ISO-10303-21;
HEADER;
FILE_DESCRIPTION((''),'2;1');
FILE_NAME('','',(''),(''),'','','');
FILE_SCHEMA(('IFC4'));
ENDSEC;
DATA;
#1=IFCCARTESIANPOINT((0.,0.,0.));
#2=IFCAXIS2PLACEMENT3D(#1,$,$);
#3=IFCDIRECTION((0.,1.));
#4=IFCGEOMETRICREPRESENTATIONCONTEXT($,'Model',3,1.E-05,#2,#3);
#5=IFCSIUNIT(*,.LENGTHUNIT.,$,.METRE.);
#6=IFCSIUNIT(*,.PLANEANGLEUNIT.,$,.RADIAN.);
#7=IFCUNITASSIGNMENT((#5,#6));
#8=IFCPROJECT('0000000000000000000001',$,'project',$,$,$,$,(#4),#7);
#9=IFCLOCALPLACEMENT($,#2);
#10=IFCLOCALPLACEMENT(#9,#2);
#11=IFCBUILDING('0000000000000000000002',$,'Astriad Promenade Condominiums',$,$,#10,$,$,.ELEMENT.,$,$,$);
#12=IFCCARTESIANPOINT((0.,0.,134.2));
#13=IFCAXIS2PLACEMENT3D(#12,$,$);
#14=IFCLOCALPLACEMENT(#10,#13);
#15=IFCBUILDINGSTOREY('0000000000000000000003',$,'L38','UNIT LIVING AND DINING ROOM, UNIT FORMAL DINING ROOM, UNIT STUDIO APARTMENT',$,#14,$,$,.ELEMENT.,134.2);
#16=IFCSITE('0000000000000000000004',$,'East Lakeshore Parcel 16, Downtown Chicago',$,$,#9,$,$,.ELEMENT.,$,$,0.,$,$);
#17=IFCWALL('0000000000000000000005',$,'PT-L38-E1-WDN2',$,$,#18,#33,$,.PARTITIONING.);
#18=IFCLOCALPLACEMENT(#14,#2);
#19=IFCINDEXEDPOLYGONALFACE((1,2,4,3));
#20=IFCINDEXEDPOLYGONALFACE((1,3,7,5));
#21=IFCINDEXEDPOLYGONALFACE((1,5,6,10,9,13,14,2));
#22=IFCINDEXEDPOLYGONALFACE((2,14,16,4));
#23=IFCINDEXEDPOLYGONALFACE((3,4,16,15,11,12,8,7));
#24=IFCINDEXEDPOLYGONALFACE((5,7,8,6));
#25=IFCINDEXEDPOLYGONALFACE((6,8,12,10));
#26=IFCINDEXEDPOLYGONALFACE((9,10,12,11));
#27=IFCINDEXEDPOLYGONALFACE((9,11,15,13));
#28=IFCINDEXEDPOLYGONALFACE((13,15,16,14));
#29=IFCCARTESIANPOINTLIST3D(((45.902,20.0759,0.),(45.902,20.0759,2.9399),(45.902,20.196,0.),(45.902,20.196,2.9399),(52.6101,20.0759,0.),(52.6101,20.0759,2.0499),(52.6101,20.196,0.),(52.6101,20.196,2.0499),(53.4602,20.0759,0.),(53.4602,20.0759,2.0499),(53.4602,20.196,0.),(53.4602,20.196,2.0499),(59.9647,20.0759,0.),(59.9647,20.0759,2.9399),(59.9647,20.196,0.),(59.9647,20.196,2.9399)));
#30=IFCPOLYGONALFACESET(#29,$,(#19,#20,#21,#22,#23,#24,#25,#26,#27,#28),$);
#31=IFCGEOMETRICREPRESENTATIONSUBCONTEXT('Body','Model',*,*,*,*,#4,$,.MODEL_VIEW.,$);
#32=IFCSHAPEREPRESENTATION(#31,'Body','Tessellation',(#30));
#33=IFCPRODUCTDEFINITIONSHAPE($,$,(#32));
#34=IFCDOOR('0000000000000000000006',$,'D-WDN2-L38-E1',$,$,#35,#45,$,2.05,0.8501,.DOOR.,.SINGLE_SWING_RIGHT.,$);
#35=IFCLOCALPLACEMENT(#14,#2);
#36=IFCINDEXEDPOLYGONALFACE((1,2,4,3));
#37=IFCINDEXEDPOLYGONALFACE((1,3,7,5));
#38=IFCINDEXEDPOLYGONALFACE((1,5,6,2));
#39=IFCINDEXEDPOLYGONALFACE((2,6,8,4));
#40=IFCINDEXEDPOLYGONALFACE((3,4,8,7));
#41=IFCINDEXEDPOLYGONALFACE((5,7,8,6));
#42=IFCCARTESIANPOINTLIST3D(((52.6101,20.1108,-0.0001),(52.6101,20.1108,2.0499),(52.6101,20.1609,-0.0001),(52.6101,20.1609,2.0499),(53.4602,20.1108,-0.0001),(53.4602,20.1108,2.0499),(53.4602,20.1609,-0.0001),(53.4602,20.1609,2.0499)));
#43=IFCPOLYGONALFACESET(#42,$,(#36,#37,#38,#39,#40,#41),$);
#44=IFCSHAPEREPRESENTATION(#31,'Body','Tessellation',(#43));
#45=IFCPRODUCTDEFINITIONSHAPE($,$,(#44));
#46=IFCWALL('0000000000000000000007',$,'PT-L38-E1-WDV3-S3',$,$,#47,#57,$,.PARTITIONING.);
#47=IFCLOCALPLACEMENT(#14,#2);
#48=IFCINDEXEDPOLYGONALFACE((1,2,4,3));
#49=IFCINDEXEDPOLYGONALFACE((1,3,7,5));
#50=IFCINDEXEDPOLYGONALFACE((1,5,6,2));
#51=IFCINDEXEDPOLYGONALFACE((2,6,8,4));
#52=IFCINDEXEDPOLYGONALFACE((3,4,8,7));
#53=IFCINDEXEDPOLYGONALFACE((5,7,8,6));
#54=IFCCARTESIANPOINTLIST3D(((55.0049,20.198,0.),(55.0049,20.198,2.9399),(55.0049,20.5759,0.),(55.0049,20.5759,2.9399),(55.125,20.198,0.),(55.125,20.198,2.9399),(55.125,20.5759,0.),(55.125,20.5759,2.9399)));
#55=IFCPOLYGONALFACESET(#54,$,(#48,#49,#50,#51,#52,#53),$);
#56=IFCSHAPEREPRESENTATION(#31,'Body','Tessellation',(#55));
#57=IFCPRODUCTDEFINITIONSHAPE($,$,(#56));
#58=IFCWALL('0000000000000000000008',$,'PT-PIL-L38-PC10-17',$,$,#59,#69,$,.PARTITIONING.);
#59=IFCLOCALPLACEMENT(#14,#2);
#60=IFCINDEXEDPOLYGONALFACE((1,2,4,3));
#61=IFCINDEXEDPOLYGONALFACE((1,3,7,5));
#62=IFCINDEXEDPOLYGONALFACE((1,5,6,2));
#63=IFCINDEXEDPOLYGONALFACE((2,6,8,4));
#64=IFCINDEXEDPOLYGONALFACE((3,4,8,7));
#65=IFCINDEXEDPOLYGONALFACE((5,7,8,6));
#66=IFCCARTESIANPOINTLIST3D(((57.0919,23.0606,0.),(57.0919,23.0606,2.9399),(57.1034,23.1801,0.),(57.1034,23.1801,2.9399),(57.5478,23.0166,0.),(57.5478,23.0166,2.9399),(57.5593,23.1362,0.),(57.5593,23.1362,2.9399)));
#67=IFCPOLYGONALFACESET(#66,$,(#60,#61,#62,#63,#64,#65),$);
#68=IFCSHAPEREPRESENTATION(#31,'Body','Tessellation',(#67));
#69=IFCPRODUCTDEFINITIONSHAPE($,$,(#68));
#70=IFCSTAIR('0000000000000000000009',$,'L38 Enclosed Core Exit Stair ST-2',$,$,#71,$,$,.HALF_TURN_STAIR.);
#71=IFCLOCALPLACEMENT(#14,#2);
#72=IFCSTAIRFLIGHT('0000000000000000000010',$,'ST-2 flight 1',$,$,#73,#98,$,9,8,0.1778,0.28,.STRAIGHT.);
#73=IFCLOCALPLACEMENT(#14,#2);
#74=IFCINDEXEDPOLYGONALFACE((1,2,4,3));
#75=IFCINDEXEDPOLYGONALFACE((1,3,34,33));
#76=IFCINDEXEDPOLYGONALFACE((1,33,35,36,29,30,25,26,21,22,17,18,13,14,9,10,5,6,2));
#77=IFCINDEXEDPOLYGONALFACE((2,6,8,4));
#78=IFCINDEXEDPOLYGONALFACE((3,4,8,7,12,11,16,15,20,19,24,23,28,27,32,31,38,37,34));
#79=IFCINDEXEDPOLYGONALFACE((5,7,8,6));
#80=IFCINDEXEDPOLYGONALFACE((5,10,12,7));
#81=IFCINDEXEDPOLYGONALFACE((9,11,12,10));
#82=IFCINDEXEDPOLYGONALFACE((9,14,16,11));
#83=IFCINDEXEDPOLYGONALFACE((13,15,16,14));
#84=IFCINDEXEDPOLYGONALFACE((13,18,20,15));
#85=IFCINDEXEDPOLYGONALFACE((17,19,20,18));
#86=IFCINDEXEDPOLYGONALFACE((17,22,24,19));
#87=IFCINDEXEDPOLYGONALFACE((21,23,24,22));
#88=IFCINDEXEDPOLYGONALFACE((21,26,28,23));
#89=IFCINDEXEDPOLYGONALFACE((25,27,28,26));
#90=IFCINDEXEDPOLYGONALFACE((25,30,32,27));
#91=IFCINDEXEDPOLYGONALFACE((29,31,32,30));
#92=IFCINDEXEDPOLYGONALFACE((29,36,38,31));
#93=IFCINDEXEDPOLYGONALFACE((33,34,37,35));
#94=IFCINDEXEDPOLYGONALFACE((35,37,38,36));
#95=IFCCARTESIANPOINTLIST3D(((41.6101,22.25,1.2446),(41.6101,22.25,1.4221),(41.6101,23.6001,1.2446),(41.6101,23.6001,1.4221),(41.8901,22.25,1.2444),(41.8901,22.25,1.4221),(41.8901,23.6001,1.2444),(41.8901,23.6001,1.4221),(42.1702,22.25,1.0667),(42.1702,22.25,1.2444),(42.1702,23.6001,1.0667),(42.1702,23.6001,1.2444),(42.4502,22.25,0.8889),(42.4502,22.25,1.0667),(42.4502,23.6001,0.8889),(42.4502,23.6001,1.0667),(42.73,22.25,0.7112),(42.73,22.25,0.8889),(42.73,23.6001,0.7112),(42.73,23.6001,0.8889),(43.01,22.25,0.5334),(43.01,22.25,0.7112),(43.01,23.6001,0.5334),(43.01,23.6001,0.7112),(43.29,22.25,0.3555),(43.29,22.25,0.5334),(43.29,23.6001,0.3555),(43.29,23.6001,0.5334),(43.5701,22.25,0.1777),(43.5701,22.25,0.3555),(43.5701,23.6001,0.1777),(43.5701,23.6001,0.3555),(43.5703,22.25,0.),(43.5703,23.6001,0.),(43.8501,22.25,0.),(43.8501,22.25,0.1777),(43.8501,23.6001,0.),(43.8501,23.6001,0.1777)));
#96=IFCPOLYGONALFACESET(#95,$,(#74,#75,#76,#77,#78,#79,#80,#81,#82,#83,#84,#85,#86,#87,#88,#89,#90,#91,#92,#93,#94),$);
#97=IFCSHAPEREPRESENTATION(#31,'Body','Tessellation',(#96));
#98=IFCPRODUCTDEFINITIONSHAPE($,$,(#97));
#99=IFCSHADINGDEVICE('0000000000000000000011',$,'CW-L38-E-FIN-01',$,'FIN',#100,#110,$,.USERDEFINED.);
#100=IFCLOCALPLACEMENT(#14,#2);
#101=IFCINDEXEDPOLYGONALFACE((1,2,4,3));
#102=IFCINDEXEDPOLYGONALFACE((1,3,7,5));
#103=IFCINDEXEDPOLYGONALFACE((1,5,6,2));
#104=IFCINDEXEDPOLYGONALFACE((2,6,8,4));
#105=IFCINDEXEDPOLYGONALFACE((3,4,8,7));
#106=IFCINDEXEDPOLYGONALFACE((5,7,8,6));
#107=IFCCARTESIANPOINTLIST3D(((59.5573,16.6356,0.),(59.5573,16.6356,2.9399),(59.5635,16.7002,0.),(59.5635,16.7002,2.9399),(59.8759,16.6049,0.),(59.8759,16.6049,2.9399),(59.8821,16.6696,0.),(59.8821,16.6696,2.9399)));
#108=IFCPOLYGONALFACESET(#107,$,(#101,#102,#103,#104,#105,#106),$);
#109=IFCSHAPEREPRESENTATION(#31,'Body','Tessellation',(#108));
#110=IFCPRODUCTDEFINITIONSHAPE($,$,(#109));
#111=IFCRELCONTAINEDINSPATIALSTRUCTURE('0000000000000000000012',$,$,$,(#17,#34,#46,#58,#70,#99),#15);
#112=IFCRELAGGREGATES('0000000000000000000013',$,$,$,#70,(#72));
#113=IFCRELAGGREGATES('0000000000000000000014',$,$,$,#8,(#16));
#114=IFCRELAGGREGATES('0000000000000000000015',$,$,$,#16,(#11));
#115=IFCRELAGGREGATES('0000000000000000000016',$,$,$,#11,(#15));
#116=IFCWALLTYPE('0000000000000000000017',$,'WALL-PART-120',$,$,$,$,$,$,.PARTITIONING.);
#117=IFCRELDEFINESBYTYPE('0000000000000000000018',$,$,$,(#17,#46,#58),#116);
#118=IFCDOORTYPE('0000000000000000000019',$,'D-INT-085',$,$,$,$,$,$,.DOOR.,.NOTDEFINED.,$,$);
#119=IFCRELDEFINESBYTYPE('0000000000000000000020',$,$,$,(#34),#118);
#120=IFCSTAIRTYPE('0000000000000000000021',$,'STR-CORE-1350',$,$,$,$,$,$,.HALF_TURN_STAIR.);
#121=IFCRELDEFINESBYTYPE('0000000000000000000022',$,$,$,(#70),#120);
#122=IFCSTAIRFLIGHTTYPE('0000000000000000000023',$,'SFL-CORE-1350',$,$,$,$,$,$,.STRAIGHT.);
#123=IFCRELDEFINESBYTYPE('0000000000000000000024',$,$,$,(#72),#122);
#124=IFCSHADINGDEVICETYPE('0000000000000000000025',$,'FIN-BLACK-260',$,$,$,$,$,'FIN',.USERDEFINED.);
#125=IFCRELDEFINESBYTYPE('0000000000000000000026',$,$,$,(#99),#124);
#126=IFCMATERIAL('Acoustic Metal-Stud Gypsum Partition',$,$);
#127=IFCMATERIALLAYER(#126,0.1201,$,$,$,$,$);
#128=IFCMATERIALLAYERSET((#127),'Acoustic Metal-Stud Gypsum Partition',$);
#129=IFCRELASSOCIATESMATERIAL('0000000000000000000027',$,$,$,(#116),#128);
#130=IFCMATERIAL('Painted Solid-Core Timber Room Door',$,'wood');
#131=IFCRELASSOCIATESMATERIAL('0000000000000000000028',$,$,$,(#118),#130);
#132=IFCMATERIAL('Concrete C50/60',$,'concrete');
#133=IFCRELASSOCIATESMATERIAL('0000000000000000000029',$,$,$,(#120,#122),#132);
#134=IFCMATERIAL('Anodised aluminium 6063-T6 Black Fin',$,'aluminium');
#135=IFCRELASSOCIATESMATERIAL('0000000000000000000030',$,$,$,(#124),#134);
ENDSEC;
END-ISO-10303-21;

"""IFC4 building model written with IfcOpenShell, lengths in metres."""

from ifc_helpers import new_model, si_unit, direction, frame, frame_2d, origin, origin_2d, place, context, subcontext, project, spatial, polyline, rectangle, outline, extrude, source, transform, mapped, material, layer, layer_set, type_object, type_shapes, element, fill, aggregate, save


model = new_model("IFC4")

# Units and contexts
model_context = context("Model", 3, precision=1e-05, world=origin(), true_north=direction((0.0, 1.0)))
body_context = subcontext(model_context, "Body", "Model", "MODEL_VIEW")
ifc_project = project(units=[si_unit("LENGTHUNIT", "METRE"), si_unit("PLANEANGLEUNIT", "RADIAN")], contexts=[model_context])

# Site, building, storey
site_placement = place(None, origin())
site = spatial("IfcSite", under=ifc_project, at=site_placement, Name="East Lakeshore Parcel 16, Downtown Chicago", CompositionType="ELEMENT", RefElevation=0.0)
building_placement = place(site_placement, origin())
building = spatial("IfcBuilding", under=site, at=building_placement, Name="Astriad Promenade Condominiums", CompositionType="ELEMENT")
storey_placement = place(building_placement, frame((0.0, 0.0, 134.2)))
storey = spatial("IfcBuildingStorey", under=building, at=storey_placement, Name="L38", Description="UNIT LIVING AND DINING ROOM, UNIT FORMAL DINING ROOM, UNIT STUDIO APARTMENT", CompositionType="ELEMENT", Elevation=134.2)

# Shared definitions
ifc_material_1 = material(Name="Acoustic Metal-Stud Gypsum Partition")
ifc_layer_1 = layer(ifc_material_1, 0.1201)
ifc_layer_set_1 = layer_set([ifc_layer_1], Name="Acoustic Metal-Stud Gypsum Partition")
wall_type_1 = type_object("IfcWallType", Name="WALL-PART-120", PredefinedType="PARTITIONING", material=ifc_layer_set_1)

# Wall, opening, door
ifc_material_2 = material(Name="Painted Solid-Core Timber Room Door", Category="wood")
door_type = type_object("IfcDoorType", Name="D-INT-085", OperationType="NOTDEFINED", PredefinedType="DOOR", material=ifc_material_2)
shared_shape_1 = source(origin(), body_context, "Body", "SweptSolid", [
    extrude(rectangle(XDim=0.8501, YDim=2.05, at=frame_2d((0.425, 1.0249))), frame((0.0, 0.0249, 0.0), z_axis=(0.0, -1.0, 0.0), x_axis=(1.0, 0.0, 0.0)), (0.0, 0.0, 1.0), 0.05),
])
type_shapes(door_type, [shared_shape_1])
wall_1_placement = place(storey_placement, frame((45.9021, 20.136, 0.0), z_axis=(0.0, 0.0, 1.0), x_axis=(1.0, 0.0, 0.0)))
wall_1 = element("IfcWall", 1, at=wall_1_placement, inside=storey, type_object=wall_type_1, Name="PT-L38-E1-WDN2", PredefinedType="PARTITIONING", context=body_context, shape_type="SweptSolid", body=[
    extrude(rectangle(XDim=14.0627, YDim=0.1201, at=frame_2d((7.0312, 0.0))), origin(), (0.0, 0.0, 1.0), 2.9399),
])
opening_1_placement = place(wall_1_placement, frame((6.708, 0.0, 0.0)))
opening_1 = element("IfcOpeningElement", 2, at=opening_1_placement, cuts=wall_1, PredefinedType="OPENING", context=body_context, shape_type="SweptSolid", body=[
    extrude(rectangle(XDim=0.8501, YDim=2.05, at=frame_2d((0.425, 1.0249))), frame((0.0, 0.0701, 0.0), z_axis=(0.0, -1.0, 0.0), x_axis=(1.0, 0.0, 0.0)), (0.0, 0.0, 1.0), 0.1401),
])
door_1_placement = place(opening_1_placement, origin())
door_1 = element("IfcDoor", 3, at=door_1_placement, inside=storey, type_object=door_type, Name="D-WDN2-L38-E1", OperationType="SINGLE_SWING_RIGHT", OverallHeight=2.05, OverallWidth=0.8501, PredefinedType="DOOR", context=body_context, shape_type="MappedRepresentation", body=[
    mapped(shared_shape_1, transform((0.0, 0.0, 0.0), scale=1.0)),
])
fill(opening_1, door_1)

# Walls
wall_2_placement = place(storey_placement, frame((55.0649, 20.198, 0.0), z_axis=(0.0, 0.0, 1.0), x_axis=(0.0, 1.0, 0.0)))
element("IfcWall", 4, at=wall_2_placement, inside=storey, type_object=wall_type_1, Name="PT-L38-E1-WDV3-S3", PredefinedType="PARTITIONING", context=body_context, shape_type="SweptSolid", body=[
    extrude(rectangle(XDim=0.3779, YDim=0.1201, at=frame_2d((0.189, 0.0))), origin(), (0.0, 0.0, 1.0), 2.9399),
])
wall_3_placement = place(storey_placement, frame((57.0977, 23.1204, 0.0), z_axis=(0.0, 0.0, 1.0), x_axis=(0.995385, -0.095966, 0.0)))
element("IfcWall", 5, at=wall_3_placement, inside=storey, type_object=wall_type_1, Name="PT-PIL-L38-PC10-17", PredefinedType="PARTITIONING", context=body_context, shape_type="SweptSolid", body=[
    extrude(rectangle(XDim=0.458, YDim=0.1201, at=frame_2d((0.229, 0.0))), origin(), (0.0, 0.0, 1.0), 2.9399),
])

# Stair, stair flight
ifc_material_3 = material(Name="Concrete C50/60", Category="concrete")
stair_type = type_object("IfcStairType", Name="STR-CORE-1350", PredefinedType="HALF_TURN_STAIR", material=ifc_material_3)
stair_placement = place(storey_placement, origin())
stair = element("IfcStair", 6, at=stair_placement, inside=storey, type_object=stair_type, Name="L38 Enclosed Core Exit Stair ST-2", PredefinedType="HALF_TURN_STAIR")
stair_flight_type = type_object("IfcStairFlightType", Name="SFL-CORE-1350", PredefinedType="STRAIGHT", material=ifc_material_3)
shared_shape_2 = source(origin(), body_context, "Body", "SweptSolid", [
    extrude(outline(polyline([(0.0, 0.0), (0.0, 0.1777), (0.28, 0.1777), (0.28, 0.3555), (0.5601, 0.3555), (0.5601, 0.5334), (0.8401, 0.5334), (0.8401, 0.7112), (1.1201, 0.7112), (1.1201, 0.8889), (1.3999, 0.8889), (1.3999, 1.0667), (1.6799, 1.0667), (1.6799, 1.2444), (1.96, 1.2444), (1.96, 1.4221), (2.24, 1.4221), (2.24, 1.6001), (2.24, 1.2446), (0.2798, 0.0), (0.0, 0.0)])), frame((0.0, 0.675, 0.0), z_axis=(0.0, -1.0, 0.0), x_axis=(1.0, 0.0, 0.0)), (0.0, 0.0, 1.0), 1.3501),
])
type_shapes(stair_flight_type, [shared_shape_2])
stair_flight_placement = place(storey_placement, frame((43.8501, 22.925, 0.0), z_axis=(0.0, 0.0, 1.0), x_axis=(-1.0, 0.0, 0.0)))
stair_flight = element("IfcStairFlight", 7, at=stair_flight_placement, type_object=stair_flight_type, Name="ST-2 flight 1", NumberOfRisers=9, NumberOfTreads=8, PredefinedType="STRAIGHT", RiserHeight=0.1778, TreadLength=0.28, context=body_context, shape_type="MappedRepresentation", body=[
    mapped(shared_shape_2, transform((0.0, 0.0, 0.0), scale=1.0)),
])
aggregate(stair, [stair_flight])

# Shading device
ifc_material_4 = material(Name="Anodised aluminium 6063-T6 Black Fin", Category="aluminium")
shading_device_type = type_object("IfcShadingDeviceType", Name="FIN-BLACK-260", ElementType="FIN", PredefinedType="USERDEFINED", material=ifc_material_4)
shared_shape_3 = source(origin(), body_context, "Body", "SweptSolid", [
    extrude(rectangle(XDim=0.0649, YDim=0.3201, at=origin_2d()), origin(), (0.0, 0.0, 1.0), 2.9399),
])
type_shapes(shading_device_type, [shared_shape_3])
shading_device_placement = place(storey_placement, frame((59.7197, 16.6526, 0.0), z_axis=(0.0, 0.0, 1.0), x_axis=(-0.095846, -0.995396, 0.0)))
element("IfcShadingDevice", 8, at=shading_device_placement, inside=storey, type_object=shading_device_type, Name="CW-L38-E-FIN-01", ObjectType="FIN", PredefinedType="USERDEFINED", context=body_context, shape_type="MappedRepresentation", body=[
    mapped(shared_shape_3, transform((0.0, 0.0, 0.0), scale=1.0)),
])

save(model, "model.ifc")
